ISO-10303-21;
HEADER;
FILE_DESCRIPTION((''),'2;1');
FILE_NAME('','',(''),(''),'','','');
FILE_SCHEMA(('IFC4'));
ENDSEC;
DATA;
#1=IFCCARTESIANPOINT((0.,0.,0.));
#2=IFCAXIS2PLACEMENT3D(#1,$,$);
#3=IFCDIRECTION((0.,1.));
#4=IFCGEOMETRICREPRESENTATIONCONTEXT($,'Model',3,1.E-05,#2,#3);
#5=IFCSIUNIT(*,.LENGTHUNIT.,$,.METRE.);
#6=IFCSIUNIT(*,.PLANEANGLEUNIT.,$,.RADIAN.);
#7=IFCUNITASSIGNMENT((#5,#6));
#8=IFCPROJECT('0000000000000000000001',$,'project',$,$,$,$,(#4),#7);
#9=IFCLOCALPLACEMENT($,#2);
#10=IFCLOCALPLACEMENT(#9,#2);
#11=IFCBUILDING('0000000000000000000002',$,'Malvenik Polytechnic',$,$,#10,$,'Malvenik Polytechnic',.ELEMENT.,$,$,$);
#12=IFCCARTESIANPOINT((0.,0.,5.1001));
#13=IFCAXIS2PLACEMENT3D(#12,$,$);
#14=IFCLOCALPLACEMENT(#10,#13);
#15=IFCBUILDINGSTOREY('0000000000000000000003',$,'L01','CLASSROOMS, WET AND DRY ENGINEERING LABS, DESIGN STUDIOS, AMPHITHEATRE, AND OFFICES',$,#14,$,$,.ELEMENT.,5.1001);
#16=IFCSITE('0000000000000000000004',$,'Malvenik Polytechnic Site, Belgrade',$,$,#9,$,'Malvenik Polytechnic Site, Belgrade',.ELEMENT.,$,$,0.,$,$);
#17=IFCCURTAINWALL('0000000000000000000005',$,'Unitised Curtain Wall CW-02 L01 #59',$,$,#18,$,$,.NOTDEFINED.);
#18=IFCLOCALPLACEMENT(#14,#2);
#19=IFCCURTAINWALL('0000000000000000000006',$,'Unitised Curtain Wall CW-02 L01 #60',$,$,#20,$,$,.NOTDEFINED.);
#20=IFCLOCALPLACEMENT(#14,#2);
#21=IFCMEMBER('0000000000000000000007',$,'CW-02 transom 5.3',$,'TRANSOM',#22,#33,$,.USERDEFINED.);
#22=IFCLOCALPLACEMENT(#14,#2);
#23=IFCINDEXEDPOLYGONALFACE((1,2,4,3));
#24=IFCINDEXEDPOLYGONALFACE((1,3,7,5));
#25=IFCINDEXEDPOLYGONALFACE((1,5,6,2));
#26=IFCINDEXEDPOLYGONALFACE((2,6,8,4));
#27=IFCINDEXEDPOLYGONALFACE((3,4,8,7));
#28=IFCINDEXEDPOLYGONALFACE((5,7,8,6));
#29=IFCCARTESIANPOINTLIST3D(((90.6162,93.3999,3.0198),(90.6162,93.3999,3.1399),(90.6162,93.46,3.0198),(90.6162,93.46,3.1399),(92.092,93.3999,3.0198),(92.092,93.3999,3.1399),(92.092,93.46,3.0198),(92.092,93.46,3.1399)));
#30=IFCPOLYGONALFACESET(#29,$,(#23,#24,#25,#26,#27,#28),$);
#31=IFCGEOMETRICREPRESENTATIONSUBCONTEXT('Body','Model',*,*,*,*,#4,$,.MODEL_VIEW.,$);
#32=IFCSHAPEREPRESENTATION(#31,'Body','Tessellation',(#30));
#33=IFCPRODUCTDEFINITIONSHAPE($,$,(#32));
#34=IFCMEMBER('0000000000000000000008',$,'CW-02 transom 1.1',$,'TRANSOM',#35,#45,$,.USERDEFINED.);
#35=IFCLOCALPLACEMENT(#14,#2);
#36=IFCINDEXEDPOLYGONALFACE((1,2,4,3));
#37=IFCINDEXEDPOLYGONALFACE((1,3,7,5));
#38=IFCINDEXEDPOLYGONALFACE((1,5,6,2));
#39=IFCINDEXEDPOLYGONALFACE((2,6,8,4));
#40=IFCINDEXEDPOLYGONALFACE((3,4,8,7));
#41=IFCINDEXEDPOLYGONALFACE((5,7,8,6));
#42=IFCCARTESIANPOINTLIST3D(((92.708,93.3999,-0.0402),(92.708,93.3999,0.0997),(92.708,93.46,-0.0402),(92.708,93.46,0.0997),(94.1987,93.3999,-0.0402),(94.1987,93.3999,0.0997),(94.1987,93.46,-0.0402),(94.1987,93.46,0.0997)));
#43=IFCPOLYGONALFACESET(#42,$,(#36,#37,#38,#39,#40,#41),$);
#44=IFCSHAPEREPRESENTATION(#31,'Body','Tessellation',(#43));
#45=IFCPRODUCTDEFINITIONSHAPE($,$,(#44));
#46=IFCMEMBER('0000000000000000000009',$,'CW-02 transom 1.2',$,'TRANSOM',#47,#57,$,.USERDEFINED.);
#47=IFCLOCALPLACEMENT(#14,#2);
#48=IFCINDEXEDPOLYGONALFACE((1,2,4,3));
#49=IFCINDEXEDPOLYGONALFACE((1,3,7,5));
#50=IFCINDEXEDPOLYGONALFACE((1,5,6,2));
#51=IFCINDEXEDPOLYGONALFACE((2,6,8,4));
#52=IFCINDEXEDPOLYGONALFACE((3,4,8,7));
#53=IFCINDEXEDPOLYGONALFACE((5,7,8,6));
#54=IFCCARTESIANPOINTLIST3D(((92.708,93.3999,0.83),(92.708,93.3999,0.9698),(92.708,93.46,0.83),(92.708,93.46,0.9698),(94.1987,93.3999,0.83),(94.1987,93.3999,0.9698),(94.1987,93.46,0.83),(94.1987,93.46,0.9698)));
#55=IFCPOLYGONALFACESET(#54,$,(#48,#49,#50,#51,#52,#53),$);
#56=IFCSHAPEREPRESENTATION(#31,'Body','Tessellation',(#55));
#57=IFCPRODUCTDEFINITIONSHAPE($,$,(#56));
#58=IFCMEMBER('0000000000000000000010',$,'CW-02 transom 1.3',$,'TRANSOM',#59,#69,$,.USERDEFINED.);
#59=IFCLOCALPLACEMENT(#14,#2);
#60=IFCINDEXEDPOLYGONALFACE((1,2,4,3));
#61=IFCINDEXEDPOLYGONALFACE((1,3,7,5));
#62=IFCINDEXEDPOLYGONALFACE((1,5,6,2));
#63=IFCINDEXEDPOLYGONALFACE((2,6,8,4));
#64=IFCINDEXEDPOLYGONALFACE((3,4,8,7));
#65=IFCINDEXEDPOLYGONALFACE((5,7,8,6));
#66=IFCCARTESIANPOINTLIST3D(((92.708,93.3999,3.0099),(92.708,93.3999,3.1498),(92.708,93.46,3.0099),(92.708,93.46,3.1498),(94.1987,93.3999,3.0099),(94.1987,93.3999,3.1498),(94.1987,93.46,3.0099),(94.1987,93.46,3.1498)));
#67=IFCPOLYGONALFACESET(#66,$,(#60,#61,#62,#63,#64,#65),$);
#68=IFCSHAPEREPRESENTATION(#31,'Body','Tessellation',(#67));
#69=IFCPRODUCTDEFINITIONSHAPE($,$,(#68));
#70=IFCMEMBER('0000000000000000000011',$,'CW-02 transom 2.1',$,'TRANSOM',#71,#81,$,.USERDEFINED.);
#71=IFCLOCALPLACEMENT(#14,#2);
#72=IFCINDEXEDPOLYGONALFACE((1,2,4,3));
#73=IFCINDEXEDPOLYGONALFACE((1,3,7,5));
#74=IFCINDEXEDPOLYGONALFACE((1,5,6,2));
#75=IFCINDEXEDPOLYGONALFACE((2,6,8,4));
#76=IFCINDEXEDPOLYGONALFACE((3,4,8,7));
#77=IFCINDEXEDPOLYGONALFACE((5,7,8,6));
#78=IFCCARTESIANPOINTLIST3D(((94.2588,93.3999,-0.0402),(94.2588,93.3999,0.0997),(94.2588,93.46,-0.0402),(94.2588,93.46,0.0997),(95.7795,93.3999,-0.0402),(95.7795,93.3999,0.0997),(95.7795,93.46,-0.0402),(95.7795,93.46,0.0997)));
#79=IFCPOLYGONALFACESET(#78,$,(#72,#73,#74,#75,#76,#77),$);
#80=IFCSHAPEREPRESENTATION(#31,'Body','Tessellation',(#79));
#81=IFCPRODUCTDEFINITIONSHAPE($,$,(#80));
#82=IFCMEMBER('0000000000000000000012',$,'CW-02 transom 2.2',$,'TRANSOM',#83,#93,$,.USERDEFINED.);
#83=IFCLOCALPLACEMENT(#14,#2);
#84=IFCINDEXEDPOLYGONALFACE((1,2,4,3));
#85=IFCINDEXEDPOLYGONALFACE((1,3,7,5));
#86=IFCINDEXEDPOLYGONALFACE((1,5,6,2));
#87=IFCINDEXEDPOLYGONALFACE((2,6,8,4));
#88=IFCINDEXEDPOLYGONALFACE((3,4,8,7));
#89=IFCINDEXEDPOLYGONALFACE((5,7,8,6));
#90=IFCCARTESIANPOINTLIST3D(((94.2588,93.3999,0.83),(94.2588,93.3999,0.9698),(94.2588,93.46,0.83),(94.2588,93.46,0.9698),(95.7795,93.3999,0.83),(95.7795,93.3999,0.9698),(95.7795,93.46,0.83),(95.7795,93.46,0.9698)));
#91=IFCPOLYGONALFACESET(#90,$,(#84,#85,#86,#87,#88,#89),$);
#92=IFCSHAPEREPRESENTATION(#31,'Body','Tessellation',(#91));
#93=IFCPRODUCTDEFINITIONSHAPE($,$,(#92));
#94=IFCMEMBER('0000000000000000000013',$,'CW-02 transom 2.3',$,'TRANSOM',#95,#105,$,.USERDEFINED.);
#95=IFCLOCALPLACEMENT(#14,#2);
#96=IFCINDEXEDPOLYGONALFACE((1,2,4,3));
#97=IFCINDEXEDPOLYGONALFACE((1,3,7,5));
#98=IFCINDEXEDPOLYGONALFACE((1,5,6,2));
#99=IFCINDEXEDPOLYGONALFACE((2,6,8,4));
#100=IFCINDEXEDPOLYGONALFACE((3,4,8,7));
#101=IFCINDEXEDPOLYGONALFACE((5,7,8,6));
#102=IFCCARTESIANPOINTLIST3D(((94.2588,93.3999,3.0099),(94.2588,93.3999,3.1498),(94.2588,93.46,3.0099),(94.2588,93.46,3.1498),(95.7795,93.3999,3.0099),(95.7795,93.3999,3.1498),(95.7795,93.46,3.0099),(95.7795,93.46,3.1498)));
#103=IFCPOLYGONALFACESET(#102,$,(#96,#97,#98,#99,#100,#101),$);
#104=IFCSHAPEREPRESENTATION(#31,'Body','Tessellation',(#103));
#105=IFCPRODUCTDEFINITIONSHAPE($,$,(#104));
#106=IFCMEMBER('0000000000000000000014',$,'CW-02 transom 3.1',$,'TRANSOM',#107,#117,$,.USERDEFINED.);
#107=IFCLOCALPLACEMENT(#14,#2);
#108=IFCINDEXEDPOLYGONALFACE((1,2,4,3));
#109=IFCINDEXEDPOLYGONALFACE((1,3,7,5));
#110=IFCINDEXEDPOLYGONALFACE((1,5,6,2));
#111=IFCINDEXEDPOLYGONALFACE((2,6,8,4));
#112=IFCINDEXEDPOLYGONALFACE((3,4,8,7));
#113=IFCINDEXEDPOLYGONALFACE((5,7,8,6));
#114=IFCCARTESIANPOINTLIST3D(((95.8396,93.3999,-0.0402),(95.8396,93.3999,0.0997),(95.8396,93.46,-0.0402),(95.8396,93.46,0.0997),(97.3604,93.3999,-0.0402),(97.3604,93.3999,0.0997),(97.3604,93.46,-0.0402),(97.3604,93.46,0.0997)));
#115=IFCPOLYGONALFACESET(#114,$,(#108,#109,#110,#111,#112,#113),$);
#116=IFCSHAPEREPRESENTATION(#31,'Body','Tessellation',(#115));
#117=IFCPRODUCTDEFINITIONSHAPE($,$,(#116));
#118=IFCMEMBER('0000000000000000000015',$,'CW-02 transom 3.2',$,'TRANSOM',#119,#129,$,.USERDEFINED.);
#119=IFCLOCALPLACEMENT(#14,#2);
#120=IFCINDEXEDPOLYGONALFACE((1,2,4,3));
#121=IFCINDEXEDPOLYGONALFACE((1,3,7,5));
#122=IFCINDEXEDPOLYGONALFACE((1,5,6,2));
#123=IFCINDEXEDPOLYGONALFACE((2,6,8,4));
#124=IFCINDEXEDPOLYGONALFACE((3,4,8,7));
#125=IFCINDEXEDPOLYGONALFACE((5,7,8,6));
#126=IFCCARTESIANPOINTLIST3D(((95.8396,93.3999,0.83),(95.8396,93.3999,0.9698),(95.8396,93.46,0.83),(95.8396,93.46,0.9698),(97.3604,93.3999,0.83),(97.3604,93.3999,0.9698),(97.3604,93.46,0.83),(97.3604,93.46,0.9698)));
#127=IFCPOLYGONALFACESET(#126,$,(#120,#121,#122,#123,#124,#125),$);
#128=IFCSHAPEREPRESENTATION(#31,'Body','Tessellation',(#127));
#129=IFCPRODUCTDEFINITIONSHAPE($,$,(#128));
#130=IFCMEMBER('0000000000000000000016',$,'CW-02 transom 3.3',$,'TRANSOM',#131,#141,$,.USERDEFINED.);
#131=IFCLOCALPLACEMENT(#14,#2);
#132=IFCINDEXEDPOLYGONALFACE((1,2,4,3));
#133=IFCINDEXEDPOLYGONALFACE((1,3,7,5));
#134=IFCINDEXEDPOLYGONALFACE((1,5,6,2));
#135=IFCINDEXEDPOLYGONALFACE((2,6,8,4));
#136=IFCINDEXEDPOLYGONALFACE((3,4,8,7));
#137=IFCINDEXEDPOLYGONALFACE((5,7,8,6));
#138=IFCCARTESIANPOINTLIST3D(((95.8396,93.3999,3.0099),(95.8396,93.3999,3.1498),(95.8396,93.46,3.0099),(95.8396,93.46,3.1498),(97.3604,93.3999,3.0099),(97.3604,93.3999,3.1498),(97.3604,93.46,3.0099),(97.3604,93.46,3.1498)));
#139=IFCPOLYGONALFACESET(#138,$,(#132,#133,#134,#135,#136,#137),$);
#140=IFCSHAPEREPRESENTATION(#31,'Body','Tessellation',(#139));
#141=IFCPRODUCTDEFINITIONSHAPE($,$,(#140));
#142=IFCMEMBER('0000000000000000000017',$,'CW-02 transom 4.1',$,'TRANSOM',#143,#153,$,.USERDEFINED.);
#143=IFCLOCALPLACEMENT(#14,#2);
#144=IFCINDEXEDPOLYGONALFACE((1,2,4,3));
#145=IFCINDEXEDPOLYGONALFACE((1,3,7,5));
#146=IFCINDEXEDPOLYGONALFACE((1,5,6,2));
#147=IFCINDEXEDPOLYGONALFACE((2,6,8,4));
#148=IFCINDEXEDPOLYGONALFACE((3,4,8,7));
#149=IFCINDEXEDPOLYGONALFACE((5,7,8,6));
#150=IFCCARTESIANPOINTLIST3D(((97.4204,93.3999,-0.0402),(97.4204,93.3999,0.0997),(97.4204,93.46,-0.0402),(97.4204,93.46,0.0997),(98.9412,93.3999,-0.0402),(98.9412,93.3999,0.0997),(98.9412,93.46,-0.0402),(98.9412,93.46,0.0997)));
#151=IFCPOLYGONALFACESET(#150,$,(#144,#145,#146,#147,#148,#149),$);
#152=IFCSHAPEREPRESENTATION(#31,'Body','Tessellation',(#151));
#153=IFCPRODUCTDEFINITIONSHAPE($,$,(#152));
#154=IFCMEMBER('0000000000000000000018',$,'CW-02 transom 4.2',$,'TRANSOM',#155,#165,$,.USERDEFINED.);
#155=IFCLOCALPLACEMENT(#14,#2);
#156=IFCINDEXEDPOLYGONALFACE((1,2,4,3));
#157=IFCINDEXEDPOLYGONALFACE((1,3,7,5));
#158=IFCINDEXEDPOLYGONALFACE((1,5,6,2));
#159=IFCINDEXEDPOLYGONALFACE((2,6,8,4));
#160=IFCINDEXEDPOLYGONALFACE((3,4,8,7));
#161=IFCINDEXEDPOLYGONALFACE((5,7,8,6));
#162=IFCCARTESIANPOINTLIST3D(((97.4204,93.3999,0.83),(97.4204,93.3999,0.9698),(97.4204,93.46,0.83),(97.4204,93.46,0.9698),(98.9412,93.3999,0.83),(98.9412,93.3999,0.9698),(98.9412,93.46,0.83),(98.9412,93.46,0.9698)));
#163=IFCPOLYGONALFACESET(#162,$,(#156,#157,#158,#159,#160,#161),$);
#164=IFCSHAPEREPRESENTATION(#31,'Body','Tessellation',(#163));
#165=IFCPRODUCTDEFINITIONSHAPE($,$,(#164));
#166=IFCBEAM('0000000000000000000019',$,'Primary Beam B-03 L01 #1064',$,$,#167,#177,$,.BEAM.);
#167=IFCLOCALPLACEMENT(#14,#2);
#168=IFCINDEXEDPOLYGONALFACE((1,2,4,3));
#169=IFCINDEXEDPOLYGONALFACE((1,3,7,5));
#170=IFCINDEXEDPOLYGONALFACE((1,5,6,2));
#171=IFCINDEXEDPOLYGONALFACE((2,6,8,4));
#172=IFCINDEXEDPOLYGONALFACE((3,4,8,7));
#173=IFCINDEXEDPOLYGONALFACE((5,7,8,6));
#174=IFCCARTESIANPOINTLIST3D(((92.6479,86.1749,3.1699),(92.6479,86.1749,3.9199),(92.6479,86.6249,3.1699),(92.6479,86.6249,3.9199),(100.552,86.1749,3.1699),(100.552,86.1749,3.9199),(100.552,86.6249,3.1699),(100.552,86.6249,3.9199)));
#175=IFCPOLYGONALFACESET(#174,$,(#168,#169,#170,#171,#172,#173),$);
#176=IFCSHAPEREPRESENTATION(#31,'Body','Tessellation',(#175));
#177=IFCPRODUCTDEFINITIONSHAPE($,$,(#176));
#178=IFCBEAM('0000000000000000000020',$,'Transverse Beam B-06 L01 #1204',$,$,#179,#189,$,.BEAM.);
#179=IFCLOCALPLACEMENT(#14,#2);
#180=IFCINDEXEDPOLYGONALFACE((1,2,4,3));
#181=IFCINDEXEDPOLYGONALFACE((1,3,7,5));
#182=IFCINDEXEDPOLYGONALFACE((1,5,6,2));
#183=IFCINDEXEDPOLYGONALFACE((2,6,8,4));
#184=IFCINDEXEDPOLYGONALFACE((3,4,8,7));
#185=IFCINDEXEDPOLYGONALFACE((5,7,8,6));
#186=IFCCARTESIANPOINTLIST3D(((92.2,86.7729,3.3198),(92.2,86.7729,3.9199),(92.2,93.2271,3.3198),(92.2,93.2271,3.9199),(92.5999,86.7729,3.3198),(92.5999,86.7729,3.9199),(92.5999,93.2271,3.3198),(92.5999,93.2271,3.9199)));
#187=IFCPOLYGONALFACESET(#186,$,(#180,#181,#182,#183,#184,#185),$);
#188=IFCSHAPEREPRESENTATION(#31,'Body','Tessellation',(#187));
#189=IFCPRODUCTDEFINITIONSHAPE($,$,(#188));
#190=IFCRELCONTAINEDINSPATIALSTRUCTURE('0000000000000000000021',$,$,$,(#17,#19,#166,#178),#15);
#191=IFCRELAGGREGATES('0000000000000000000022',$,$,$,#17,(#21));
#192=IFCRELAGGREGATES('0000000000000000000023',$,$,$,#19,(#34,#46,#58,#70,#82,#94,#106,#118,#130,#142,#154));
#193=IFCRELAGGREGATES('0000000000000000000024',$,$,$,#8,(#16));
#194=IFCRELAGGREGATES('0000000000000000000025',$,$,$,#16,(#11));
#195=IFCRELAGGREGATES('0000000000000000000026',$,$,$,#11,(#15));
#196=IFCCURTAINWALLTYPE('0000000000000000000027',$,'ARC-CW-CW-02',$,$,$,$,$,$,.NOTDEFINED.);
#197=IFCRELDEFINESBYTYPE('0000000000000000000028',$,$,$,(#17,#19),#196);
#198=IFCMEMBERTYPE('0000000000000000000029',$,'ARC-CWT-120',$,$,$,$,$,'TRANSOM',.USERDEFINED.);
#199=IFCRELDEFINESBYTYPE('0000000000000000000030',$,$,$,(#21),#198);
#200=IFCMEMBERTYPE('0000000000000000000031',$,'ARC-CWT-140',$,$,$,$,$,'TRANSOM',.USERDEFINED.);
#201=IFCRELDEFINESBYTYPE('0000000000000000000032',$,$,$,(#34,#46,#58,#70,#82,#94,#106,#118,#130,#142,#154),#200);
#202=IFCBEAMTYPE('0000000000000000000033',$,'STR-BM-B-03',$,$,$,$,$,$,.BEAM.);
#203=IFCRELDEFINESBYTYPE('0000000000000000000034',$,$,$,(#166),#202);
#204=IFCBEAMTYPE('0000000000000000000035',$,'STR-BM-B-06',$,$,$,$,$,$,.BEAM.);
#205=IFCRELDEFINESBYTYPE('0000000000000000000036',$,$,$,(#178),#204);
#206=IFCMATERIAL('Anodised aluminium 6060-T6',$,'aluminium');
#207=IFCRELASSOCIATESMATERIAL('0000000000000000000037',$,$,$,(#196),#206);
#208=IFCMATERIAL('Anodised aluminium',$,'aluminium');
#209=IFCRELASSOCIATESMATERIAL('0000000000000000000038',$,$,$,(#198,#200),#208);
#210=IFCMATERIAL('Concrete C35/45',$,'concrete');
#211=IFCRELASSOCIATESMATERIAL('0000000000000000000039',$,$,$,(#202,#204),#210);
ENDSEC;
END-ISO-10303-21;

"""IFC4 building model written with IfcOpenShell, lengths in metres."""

from ifc_helpers import new_model, si_unit, direction, frame, origin, origin_2d, place, context, subcontext, project, spatial, rectangle, extrude, material, material_profile, profile_set, type_object, element, aggregate, save


model = new_model("IFC4")

# Units and contexts
model_context = context("Model", 3, precision=1e-05, world=origin(), true_north=direction((0.0, 1.0)))
body_context = subcontext(model_context, "Body", "Model", "MODEL_VIEW")
ifc_project = project(units=[si_unit("LENGTHUNIT", "METRE"), si_unit("PLANEANGLEUNIT", "RADIAN")], contexts=[model_context])

# Site, building, storey
site_placement = place(None, origin())
site = spatial("IfcSite", under=ifc_project, at=site_placement, Name="Malvenik Polytechnic Site, Belgrade", LongName="Malvenik Polytechnic Site, Belgrade", CompositionType="ELEMENT", RefElevation=0.0)
building_placement = place(site_placement, origin())
building = spatial("IfcBuilding", under=site, at=building_placement, Name="Malvenik Polytechnic", LongName="Malvenik Polytechnic", CompositionType="ELEMENT")
storey_placement = place(building_placement, frame((0.0, 0.0, 5.1001)))
storey = spatial("IfcBuildingStorey", under=building, at=storey_placement, Name="L01", Description="CLASSROOMS, WET AND DRY ENGINEERING LABS, DESIGN STUDIOS, AMPHITHEATRE, AND OFFICES", CompositionType="ELEMENT", Elevation=5.1001)

# Shared definitions
ifc_material_1 = material(Name="Concrete C35/45", Category="concrete")

# Curtain walls
ifc_material_2 = material(Name="Anodised aluminium 6060-T6", Category="aluminium")
curtain_wall_type = type_object("IfcCurtainWallType", Name="ARC-CW-CW-02", PredefinedType="NOTDEFINED", material=ifc_material_2)
curtain_wall_1_placement = place(storey_placement, origin())
curtain_wall_1 = element("IfcCurtainWall", 1, at=curtain_wall_1_placement, inside=storey, type_object=curtain_wall_type, Name="Unitised Curtain Wall CW-02 L01 #59", PredefinedType="NOTDEFINED")
ifc_material_3 = material(Name="Anodised aluminium", Category="aluminium")
curtain_wall_2_placement = place(storey_placement, origin())
curtain_wall_2 = element("IfcCurtainWall", 2, at=curtain_wall_2_placement, inside=storey, type_object=curtain_wall_type, Name="Unitised Curtain Wall CW-02 L01 #60", PredefinedType="NOTDEFINED")

# Members
ifc_material_profile_1 = material_profile(ifc_material_3, rectangle(XDim=0.0601, YDim=0.1201, at=origin_2d()), Name="ALU TRANSOM 60x120")
ifc_profile_set_1 = profile_set([ifc_material_profile_1], Name="Anodised aluminium")
member_type_1 = type_object("IfcMemberType", Name="ARC-CWT-120", ElementType="TRANSOM", PredefinedType="USERDEFINED", material=ifc_profile_set_1)
member_1_placement = place(storey_placement, frame((90.6162, 93.4299, 3.0798), z_axis=(1.0, 0.0, 0.0), x_axis=(0.0, 1.0, 0.0)))
member_1 = element("IfcMember", 3, at=member_1_placement, type_object=member_type_1, Name="CW-02 transom 5.3", ObjectType="TRANSOM", PredefinedType="USERDEFINED", context=body_context, shape_type="SweptSolid", body=[
    extrude(rectangle(XDim=0.0601, YDim=0.1201, at=origin_2d()), origin(), (0.0, 0.0, 1.0), 1.4758),
])
ifc_material_profile_2 = material_profile(ifc_material_3, rectangle(XDim=0.0601, YDim=0.1399, at=origin_2d()), Name="ALU TRANSOM 60x140")
ifc_profile_set_2 = profile_set([ifc_material_profile_2], Name="Anodised aluminium")
member_type_2 = type_object("IfcMemberType", Name="ARC-CWT-140", ElementType="TRANSOM", PredefinedType="USERDEFINED", material=ifc_profile_set_2)
member_2_placement = place(storey_placement, frame((92.708, 93.4299, 0.0298), z_axis=(1.0, 0.0, 0.0), x_axis=(0.0, 1.0, 0.0)))
member_2 = element("IfcMember", 4, at=member_2_placement, type_object=member_type_2, Name="CW-02 transom 1.1", ObjectType="TRANSOM", PredefinedType="USERDEFINED", context=body_context, shape_type="SweptSolid", body=[
    extrude(rectangle(XDim=0.0601, YDim=0.1399, at=origin_2d()), origin(), (0.0, 0.0, 1.0), 1.4907),
])
member_3_placement = place(storey_placement, frame((92.708, 93.4299, 0.8999), z_axis=(1.0, 0.0, 0.0), x_axis=(0.0, 1.0, 0.0)))
member_3 = element("IfcMember", 5, at=member_3_placement, type_object=member_type_2, Name="CW-02 transom 1.2", ObjectType="TRANSOM", PredefinedType="USERDEFINED", context=body_context, shape_type="SweptSolid", body=[
    extrude(rectangle(XDim=0.0601, YDim=0.1399, at=origin_2d()), origin(), (0.0, 0.0, 1.0), 1.4907),
])
member_4_placement = place(storey_placement, frame((92.708, 93.4299, 3.0798), z_axis=(1.0, 0.0, 0.0), x_axis=(0.0, 1.0, 0.0)))
member_4 = element("IfcMember", 6, at=member_4_placement, type_object=member_type_2, Name="CW-02 transom 1.3", ObjectType="TRANSOM", PredefinedType="USERDEFINED", context=body_context, shape_type="SweptSolid", body=[
    extrude(rectangle(XDim=0.0601, YDim=0.1399, at=origin_2d()), origin(), (0.0, 0.0, 1.0), 1.4907),
])
member_5_placement = place(storey_placement, frame((94.2588, 93.4299, 0.0298), z_axis=(1.0, 0.0, 0.0), x_axis=(0.0, 1.0, 0.0)))
member_5 = element("IfcMember", 7, at=member_5_placement, type_object=member_type_2, Name="CW-02 transom 2.1", ObjectType="TRANSOM", PredefinedType="USERDEFINED", context=body_context, shape_type="SweptSolid", body=[
    extrude(rectangle(XDim=0.0601, YDim=0.1399, at=origin_2d()), origin(), (0.0, 0.0, 1.0), 1.5208),
])
member_6_placement = place(storey_placement, frame((94.2588, 93.4299, 0.8999), z_axis=(1.0, 0.0, 0.0), x_axis=(0.0, 1.0, 0.0)))
member_6 = element("IfcMember", 8, at=member_6_placement, type_object=member_type_2, Name="CW-02 transom 2.2", ObjectType="TRANSOM", PredefinedType="USERDEFINED", context=body_context, shape_type="SweptSolid", body=[
    extrude(rectangle(XDim=0.0601, YDim=0.1399, at=origin_2d()), origin(), (0.0, 0.0, 1.0), 1.5208),
])
member_7_placement = place(storey_placement, frame((94.2588, 93.4299, 3.0798), z_axis=(1.0, 0.0, 0.0), x_axis=(0.0, 1.0, 0.0)))
member_7 = element("IfcMember", 9, at=member_7_placement, type_object=member_type_2, Name="CW-02 transom 2.3", ObjectType="TRANSOM", PredefinedType="USERDEFINED", context=body_context, shape_type="SweptSolid", body=[
    extrude(rectangle(XDim=0.0601, YDim=0.1399, at=origin_2d()), origin(), (0.0, 0.0, 1.0), 1.5208),
])
member_8_placement = place(storey_placement, frame((95.8396, 93.4299, 0.0298), z_axis=(1.0, 0.0, 0.0), x_axis=(0.0, 1.0, 0.0)))
member_8 = element("IfcMember", 10, at=member_8_placement, type_object=member_type_2, Name="CW-02 transom 3.1", ObjectType="TRANSOM", PredefinedType="USERDEFINED", context=body_context, shape_type="SweptSolid", body=[
    extrude(rectangle(XDim=0.0601, YDim=0.1399, at=origin_2d()), origin(), (0.0, 0.0, 1.0), 1.5208),
])
member_9_placement = place(storey_placement, frame((95.8396, 93.4299, 0.8999), z_axis=(1.0, 0.0, 0.0), x_axis=(0.0, 1.0, 0.0)))
member_9 = element("IfcMember", 11, at=member_9_placement, type_object=member_type_2, Name="CW-02 transom 3.2", ObjectType="TRANSOM", PredefinedType="USERDEFINED", context=body_context, shape_type="SweptSolid", body=[
    extrude(rectangle(XDim=0.0601, YDim=0.1399, at=origin_2d()), origin(), (0.0, 0.0, 1.0), 1.5208),
])
member_10_placement = place(storey_placement, frame((95.8396, 93.4299, 3.0798), z_axis=(1.0, 0.0, 0.0), x_axis=(0.0, 1.0, 0.0)))
member_10 = element("IfcMember", 12, at=member_10_placement, type_object=member_type_2, Name="CW-02 transom 3.3", ObjectType="TRANSOM", PredefinedType="USERDEFINED", context=body_context, shape_type="SweptSolid", body=[
    extrude(rectangle(XDim=0.0601, YDim=0.1399, at=origin_2d()), origin(), (0.0, 0.0, 1.0), 1.5208),
])
member_11_placement = place(storey_placement, frame((97.4204, 93.4299, 0.0298), z_axis=(1.0, 0.0, 0.0), x_axis=(0.0, 1.0, 0.0)))
member_11 = element("IfcMember", 13, at=member_11_placement, type_object=member_type_2, Name="CW-02 transom 4.1", ObjectType="TRANSOM", PredefinedType="USERDEFINED", context=body_context, shape_type="SweptSolid", body=[
    extrude(rectangle(XDim=0.0601, YDim=0.1399, at=origin_2d()), origin(), (0.0, 0.0, 1.0), 1.5208),
])
member_12_placement = place(storey_placement, frame((97.4204, 93.4299, 0.8999), z_axis=(1.0, 0.0, 0.0), x_axis=(0.0, 1.0, 0.0)))
member_12 = element("IfcMember", 14, at=member_12_placement, type_object=member_type_2, Name="CW-02 transom 4.2", ObjectType="TRANSOM", PredefinedType="USERDEFINED", context=body_context, shape_type="SweptSolid", body=[
    extrude(rectangle(XDim=0.0601, YDim=0.1399, at=origin_2d()), origin(), (0.0, 0.0, 1.0), 1.5208),
])

# Beams
ifc_material_profile_3 = material_profile(ifc_material_1, rectangle(XDim=0.45, YDim=0.75, at=origin_2d()), Name="RC BM 450x750")
ifc_profile_set_3 = profile_set([ifc_material_profile_3], Name="Concrete C35/45")
beam_type_1 = type_object("IfcBeamType", Name="STR-BM-B-03", PredefinedType="BEAM", material=ifc_profile_set_3)
beam_1_placement = place(storey_placement, frame((92.6479, 86.3999, 3.5449), z_axis=(1.0, 0.0, 0.0), x_axis=(0.0, 1.0, 0.0)))
element("IfcBeam", 15, at=beam_1_placement, inside=storey, type_object=beam_type_1, Name="Primary Beam B-03 L01 #1064", PredefinedType="BEAM", context=body_context, shape_type="SweptSolid", body=[
    extrude(rectangle(XDim=0.45, YDim=0.75, at=origin_2d()), origin(), (0.0, 0.0, 1.0), 7.9041),
])
ifc_material_profile_4 = material_profile(ifc_material_1, rectangle(XDim=0.3999, YDim=0.6001, at=origin_2d()), Name="RC BM 400x600")
ifc_profile_set_4 = profile_set([ifc_material_profile_4], Name="Concrete C35/45")
beam_type_2 = type_object("IfcBeamType", Name="STR-BM-B-06", PredefinedType="BEAM", material=ifc_profile_set_4)
beam_2_placement = place(storey_placement, frame((92.3999, 86.7729, 3.6199), z_axis=(0.0, 1.0, 0.0), x_axis=(-1.0, 0.0, 0.0)))
element("IfcBeam", 16, at=beam_2_placement, inside=storey, type_object=beam_type_2, Name="Transverse Beam B-06 L01 #1204", PredefinedType="BEAM", context=body_context, shape_type="SweptSolid", body=[
    extrude(rectangle(XDim=0.3999, YDim=0.6001, at=origin_2d()), origin(), (0.0, 0.0, 1.0), 6.4541),
])

aggregate(curtain_wall_1, [member_1])
aggregate(curtain_wall_2, [member_2, member_3, member_4, member_5, member_6, member_7, member_8, member_9, member_10, member_11, member_12])

save(model, "model.ifc")
